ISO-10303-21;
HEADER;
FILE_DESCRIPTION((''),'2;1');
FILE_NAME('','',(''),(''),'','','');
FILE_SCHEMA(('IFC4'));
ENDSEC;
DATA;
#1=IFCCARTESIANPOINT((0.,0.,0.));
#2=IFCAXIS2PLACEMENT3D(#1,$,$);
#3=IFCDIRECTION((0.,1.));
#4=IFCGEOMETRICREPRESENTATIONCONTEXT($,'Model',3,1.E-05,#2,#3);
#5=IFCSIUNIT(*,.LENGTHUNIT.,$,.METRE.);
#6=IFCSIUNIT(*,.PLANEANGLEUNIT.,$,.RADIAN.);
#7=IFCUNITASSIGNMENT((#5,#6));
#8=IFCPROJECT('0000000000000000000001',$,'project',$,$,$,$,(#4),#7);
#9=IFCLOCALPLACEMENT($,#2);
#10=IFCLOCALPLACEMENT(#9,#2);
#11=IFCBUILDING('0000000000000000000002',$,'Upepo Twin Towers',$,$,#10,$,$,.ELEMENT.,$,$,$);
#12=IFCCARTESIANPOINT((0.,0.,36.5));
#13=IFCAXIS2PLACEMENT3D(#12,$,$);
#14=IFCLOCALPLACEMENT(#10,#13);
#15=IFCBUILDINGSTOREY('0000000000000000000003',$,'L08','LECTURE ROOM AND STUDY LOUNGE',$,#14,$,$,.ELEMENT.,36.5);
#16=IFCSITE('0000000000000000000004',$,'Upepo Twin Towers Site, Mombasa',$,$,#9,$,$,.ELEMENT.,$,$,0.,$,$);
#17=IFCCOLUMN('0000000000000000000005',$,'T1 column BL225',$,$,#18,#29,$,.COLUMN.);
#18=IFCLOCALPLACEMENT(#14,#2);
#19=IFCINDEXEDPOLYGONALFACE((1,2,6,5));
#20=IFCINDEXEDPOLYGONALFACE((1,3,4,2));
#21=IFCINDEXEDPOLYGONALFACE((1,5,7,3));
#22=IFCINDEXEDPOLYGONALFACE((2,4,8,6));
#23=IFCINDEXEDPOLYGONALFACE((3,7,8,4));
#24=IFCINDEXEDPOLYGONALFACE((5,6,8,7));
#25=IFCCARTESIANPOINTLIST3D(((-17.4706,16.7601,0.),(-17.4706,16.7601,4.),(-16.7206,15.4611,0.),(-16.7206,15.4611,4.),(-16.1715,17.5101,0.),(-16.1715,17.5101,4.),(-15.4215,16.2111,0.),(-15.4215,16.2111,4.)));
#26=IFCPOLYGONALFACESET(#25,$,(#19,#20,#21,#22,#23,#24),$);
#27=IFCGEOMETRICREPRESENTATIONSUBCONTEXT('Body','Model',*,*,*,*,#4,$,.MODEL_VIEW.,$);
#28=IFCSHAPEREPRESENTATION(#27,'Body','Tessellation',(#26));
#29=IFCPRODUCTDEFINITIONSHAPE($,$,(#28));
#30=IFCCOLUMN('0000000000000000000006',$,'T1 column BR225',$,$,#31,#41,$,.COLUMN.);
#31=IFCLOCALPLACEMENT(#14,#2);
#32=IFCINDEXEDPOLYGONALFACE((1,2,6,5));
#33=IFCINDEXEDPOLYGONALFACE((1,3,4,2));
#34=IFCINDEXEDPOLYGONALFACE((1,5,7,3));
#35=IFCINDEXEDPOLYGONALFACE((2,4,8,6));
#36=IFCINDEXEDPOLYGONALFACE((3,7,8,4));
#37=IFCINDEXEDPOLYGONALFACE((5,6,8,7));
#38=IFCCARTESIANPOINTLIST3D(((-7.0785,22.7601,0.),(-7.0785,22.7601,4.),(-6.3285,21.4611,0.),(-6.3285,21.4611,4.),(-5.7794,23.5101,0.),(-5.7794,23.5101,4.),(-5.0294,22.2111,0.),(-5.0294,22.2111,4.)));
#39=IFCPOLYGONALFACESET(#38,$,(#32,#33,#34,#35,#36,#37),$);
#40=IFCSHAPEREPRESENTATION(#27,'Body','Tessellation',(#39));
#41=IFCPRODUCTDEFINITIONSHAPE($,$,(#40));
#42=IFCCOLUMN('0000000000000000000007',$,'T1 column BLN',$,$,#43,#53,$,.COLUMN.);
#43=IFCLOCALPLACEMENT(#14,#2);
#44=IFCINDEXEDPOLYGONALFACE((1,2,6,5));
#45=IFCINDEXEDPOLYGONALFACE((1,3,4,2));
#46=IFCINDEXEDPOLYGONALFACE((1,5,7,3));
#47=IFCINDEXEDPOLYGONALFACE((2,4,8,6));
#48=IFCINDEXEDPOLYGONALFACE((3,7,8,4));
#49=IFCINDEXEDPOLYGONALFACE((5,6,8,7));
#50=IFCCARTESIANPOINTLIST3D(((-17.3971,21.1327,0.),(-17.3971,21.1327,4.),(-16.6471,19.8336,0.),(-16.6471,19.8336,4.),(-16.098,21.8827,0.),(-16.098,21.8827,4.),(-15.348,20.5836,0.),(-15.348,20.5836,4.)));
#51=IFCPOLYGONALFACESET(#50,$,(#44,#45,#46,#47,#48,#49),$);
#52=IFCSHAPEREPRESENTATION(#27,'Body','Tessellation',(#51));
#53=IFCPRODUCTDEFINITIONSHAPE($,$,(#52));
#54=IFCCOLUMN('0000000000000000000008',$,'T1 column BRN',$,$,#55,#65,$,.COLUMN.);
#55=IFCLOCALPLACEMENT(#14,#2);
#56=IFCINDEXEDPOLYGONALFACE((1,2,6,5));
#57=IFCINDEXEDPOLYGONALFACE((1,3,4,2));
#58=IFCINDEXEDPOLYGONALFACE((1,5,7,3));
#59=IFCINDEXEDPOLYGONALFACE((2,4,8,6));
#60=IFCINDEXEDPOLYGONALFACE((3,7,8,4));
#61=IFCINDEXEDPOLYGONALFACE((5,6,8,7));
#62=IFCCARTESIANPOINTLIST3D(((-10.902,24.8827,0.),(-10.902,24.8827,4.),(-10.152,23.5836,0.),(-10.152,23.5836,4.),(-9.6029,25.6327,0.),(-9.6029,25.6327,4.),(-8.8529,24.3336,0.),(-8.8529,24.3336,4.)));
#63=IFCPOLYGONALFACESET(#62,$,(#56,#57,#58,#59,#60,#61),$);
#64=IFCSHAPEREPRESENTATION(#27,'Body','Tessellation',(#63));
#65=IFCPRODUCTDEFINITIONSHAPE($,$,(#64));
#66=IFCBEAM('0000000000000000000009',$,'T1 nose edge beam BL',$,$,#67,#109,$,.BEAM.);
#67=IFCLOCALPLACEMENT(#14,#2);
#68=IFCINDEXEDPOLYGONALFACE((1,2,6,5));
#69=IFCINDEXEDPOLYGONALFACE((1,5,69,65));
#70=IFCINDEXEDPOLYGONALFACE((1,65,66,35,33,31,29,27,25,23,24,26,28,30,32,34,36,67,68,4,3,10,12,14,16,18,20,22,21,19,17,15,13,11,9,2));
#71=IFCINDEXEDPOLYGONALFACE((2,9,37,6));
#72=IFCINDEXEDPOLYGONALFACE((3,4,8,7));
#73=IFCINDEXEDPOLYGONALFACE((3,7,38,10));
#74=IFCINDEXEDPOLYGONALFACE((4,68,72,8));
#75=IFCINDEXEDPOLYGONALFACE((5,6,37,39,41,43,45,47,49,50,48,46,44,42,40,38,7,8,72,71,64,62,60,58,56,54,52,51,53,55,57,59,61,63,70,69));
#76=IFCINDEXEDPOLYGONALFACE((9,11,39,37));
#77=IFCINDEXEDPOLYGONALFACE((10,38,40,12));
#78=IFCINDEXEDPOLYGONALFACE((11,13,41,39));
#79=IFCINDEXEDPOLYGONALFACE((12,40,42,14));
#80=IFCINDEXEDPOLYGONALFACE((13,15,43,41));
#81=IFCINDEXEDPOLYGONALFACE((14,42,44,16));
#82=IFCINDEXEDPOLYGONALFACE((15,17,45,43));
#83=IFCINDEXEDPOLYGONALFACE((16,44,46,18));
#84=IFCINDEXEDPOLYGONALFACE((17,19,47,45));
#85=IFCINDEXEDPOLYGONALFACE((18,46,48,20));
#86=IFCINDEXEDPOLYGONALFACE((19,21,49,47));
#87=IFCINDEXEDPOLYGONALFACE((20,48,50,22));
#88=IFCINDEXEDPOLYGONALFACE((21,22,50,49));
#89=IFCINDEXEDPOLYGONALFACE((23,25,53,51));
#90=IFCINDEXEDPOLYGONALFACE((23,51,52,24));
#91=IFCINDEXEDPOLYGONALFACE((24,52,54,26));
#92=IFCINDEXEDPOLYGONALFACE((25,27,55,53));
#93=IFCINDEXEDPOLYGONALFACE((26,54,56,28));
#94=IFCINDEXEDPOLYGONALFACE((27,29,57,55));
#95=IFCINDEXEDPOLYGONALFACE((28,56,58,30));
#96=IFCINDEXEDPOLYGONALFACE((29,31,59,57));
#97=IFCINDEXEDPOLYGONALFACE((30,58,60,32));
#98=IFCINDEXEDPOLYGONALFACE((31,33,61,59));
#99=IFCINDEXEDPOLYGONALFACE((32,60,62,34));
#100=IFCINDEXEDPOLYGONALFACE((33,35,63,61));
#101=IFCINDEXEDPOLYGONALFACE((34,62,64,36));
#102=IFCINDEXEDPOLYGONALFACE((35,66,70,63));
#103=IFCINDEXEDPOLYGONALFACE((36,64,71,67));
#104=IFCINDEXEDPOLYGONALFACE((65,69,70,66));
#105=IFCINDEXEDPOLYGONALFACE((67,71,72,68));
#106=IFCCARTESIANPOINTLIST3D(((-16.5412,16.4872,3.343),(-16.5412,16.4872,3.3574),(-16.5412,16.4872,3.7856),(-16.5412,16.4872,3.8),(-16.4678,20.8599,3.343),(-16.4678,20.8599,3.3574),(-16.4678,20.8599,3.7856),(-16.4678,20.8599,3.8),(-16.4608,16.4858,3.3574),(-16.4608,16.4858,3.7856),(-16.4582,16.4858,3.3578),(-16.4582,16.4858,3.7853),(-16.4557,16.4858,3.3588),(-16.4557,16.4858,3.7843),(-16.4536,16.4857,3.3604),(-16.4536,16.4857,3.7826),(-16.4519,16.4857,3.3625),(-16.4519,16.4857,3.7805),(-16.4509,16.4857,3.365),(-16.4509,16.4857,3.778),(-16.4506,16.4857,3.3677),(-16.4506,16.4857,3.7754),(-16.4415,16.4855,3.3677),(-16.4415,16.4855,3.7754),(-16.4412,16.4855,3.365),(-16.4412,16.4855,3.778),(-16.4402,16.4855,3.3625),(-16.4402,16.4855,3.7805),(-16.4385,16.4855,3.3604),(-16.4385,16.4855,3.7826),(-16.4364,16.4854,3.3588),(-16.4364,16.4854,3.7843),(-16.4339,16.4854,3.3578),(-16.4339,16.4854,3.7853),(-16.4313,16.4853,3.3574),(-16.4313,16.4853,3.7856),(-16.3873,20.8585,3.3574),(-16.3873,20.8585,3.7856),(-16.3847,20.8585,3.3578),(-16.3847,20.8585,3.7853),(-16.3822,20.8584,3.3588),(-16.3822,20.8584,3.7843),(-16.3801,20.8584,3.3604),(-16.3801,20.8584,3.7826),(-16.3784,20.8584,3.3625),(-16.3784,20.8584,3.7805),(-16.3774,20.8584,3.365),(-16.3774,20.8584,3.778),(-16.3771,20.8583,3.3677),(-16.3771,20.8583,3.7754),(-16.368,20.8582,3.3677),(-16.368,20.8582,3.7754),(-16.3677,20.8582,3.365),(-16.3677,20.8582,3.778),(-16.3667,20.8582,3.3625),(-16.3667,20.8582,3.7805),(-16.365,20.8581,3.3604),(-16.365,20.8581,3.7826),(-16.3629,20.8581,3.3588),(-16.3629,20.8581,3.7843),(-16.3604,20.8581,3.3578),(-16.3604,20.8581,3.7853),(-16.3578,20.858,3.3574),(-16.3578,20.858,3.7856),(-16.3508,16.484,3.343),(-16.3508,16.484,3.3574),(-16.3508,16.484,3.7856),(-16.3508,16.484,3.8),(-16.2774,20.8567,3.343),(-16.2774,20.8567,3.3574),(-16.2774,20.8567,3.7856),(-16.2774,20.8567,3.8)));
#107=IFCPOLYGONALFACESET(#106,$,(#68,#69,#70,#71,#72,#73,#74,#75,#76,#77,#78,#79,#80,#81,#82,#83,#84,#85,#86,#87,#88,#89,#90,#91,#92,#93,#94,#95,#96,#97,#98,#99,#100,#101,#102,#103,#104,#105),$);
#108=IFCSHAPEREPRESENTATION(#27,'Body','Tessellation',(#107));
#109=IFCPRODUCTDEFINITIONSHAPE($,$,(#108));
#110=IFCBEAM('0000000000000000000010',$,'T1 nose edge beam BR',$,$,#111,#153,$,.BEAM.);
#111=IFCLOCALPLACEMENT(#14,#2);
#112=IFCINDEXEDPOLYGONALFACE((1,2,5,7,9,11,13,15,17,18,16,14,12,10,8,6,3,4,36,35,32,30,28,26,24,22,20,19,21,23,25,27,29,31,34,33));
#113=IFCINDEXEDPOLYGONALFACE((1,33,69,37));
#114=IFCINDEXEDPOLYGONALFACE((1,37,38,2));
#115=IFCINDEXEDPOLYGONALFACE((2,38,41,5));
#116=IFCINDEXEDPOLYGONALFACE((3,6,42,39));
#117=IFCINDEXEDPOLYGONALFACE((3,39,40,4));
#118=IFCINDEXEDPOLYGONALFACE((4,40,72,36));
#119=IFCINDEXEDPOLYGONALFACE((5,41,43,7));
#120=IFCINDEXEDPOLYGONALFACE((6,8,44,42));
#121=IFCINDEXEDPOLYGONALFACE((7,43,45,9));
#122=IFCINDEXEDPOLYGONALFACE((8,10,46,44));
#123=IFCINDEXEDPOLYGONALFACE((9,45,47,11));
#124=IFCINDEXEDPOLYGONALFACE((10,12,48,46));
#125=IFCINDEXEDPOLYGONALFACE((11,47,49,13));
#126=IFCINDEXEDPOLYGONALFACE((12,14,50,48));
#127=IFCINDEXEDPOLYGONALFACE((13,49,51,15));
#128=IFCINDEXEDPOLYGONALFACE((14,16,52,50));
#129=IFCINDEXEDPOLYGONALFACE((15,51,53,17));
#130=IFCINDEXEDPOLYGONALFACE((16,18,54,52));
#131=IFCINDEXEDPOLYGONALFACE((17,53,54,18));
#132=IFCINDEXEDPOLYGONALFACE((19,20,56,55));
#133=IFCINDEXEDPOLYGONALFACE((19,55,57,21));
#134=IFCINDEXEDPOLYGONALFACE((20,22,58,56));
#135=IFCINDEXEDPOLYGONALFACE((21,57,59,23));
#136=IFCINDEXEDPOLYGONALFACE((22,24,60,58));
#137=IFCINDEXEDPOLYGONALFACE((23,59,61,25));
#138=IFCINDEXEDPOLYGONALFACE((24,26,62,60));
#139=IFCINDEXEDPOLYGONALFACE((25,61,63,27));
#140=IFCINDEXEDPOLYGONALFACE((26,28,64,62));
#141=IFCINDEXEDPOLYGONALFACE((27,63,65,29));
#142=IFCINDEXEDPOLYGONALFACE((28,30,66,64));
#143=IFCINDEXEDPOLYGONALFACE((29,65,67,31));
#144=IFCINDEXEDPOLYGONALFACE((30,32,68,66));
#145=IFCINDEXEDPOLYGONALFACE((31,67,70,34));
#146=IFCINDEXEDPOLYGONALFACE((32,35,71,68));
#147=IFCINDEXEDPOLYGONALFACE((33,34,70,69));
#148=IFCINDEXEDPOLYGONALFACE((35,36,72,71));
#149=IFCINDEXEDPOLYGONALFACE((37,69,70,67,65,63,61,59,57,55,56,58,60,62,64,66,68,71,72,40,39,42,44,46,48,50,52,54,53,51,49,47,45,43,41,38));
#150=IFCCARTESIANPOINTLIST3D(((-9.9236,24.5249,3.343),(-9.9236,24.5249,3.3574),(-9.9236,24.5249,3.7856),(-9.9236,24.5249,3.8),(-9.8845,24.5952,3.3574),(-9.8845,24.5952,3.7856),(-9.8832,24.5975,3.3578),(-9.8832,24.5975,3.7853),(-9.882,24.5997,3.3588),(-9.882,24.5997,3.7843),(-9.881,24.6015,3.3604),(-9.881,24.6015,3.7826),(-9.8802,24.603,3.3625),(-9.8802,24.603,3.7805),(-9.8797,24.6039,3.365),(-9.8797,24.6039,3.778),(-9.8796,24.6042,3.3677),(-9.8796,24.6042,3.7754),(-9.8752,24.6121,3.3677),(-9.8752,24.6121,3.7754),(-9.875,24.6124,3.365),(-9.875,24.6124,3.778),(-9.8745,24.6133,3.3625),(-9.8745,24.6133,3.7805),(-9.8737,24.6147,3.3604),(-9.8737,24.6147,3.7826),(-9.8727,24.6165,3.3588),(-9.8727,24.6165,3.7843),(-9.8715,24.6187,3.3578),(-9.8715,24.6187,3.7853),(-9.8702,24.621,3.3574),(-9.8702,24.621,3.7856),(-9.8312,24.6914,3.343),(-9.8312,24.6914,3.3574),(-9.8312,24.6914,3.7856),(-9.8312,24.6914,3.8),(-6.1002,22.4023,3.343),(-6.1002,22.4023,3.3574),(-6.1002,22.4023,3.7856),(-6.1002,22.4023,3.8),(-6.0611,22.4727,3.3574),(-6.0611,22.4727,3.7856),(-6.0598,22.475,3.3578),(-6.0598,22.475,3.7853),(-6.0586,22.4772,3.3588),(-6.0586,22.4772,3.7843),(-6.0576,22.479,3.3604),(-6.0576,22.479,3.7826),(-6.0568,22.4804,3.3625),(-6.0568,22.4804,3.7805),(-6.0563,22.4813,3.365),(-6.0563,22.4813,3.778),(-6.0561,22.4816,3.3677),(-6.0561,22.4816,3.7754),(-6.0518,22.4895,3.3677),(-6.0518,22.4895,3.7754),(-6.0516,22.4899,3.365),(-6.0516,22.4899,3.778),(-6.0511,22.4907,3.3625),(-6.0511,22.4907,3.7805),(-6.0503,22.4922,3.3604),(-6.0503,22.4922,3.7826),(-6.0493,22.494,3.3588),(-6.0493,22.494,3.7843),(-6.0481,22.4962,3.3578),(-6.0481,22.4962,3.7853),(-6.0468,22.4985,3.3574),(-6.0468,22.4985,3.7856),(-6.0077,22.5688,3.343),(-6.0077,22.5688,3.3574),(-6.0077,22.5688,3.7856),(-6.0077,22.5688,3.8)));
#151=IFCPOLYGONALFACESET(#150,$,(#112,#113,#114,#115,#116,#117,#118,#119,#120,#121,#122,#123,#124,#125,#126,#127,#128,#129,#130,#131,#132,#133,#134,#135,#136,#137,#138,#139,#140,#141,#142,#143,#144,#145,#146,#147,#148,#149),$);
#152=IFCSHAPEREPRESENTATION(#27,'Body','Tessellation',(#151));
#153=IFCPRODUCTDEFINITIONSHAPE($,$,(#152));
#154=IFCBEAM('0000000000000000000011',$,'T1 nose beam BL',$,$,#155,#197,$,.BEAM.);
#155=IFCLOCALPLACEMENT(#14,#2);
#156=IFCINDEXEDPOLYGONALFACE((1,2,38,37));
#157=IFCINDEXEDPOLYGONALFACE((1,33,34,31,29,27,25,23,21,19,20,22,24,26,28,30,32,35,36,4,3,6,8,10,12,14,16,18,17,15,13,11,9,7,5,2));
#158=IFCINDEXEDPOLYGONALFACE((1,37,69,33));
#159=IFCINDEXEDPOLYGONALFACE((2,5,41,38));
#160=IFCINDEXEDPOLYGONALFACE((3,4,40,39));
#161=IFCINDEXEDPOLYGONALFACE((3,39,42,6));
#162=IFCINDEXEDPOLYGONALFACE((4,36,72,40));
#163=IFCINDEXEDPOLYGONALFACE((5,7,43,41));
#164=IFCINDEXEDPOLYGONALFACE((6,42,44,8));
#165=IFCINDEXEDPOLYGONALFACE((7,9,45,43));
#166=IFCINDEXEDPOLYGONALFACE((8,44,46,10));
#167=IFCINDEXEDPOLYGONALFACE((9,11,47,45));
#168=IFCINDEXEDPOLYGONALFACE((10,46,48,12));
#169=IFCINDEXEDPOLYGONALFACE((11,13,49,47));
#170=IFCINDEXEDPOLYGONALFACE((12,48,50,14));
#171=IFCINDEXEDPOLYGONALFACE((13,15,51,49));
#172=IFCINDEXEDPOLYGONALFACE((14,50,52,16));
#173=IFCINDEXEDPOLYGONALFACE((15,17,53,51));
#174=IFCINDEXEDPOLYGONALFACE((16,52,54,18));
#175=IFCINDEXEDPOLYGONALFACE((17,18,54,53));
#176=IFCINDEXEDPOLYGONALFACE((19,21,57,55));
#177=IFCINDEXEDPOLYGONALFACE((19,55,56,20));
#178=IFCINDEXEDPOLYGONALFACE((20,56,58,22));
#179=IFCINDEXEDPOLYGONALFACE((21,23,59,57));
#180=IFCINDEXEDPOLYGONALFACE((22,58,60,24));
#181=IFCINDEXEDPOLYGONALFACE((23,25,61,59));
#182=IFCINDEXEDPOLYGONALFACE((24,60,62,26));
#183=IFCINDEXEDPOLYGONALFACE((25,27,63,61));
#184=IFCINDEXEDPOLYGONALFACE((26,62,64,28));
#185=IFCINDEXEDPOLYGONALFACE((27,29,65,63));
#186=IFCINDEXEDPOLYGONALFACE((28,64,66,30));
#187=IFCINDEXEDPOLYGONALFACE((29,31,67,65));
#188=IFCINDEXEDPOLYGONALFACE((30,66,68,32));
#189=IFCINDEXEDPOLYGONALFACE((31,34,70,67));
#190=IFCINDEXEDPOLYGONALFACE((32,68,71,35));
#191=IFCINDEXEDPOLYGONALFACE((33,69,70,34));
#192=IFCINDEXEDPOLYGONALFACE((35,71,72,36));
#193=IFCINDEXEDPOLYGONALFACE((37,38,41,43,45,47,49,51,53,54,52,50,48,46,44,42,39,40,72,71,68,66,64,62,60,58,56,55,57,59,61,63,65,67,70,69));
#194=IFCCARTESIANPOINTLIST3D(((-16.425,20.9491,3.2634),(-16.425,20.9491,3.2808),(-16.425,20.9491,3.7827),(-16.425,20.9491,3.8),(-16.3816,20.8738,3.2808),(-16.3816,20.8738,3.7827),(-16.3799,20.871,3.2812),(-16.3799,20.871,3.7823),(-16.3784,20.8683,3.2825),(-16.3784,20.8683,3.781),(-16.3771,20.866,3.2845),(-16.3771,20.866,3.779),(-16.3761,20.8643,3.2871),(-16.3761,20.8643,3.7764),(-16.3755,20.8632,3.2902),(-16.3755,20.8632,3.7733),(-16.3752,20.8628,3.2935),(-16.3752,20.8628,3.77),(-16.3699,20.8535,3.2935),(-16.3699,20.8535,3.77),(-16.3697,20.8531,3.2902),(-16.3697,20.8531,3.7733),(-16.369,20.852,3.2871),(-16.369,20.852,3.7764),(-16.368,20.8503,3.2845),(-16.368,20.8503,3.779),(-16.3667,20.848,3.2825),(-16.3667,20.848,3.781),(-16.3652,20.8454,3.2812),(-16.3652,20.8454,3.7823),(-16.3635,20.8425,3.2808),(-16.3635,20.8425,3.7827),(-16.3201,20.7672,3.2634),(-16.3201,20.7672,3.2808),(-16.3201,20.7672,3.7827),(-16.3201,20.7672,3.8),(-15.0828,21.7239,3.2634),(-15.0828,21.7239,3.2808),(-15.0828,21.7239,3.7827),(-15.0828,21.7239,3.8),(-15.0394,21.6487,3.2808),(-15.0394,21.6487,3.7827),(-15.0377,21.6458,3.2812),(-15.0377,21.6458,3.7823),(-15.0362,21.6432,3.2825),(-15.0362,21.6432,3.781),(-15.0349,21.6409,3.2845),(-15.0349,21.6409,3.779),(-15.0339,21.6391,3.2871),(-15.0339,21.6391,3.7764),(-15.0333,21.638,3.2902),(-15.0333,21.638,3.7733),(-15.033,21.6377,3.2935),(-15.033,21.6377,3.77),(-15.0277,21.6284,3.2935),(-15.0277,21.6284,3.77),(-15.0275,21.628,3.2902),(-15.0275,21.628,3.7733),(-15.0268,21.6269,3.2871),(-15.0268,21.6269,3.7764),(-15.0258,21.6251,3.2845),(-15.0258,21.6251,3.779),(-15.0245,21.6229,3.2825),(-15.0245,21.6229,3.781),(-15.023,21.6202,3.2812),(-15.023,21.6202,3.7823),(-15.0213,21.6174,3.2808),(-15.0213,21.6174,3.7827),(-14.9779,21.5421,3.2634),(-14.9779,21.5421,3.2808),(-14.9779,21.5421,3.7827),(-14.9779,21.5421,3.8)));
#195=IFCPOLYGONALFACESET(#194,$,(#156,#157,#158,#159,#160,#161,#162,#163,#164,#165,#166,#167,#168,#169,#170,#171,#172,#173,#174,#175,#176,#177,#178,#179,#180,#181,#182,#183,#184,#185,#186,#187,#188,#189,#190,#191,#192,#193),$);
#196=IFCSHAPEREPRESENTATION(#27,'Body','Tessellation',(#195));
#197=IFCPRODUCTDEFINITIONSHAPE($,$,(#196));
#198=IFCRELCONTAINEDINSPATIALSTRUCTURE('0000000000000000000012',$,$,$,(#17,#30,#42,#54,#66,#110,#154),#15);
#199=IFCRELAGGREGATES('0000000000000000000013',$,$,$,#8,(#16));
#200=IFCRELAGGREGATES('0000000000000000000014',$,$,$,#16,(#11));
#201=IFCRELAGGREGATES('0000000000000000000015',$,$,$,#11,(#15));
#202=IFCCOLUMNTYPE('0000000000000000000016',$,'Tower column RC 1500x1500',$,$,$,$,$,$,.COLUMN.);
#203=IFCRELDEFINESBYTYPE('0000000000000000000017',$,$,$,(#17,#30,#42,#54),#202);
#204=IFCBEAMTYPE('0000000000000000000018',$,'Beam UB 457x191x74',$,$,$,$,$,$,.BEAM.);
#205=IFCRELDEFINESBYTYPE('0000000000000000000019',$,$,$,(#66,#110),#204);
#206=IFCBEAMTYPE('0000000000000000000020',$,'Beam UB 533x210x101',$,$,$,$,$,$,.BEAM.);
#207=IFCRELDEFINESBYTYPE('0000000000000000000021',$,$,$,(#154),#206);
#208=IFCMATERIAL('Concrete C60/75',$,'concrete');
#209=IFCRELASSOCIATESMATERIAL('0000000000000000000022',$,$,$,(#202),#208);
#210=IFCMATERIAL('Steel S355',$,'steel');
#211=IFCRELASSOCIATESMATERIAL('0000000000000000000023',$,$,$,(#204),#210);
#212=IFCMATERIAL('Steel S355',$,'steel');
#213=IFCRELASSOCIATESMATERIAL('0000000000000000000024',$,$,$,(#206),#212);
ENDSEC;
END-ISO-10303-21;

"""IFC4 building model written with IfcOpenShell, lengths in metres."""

from ifc_helpers import new_model, si_unit, direction, frame, origin, origin_2d, place, context, subcontext, project, spatial, rectangle, i_section, extrude, material, material_profile, profile_set, type_object, element, save


model = new_model("IFC4")

# Units and contexts
model_context = context("Model", 3, precision=1e-05, world=origin(), true_north=direction((0.0, 1.0)))
body_context = subcontext(model_context, "Body", "Model", "MODEL_VIEW")
ifc_project = project(units=[si_unit("LENGTHUNIT", "METRE"), si_unit("PLANEANGLEUNIT", "RADIAN")], contexts=[model_context])

# Site, building, storey
site_placement = place(None, origin())
site = spatial("IfcSite", under=ifc_project, at=site_placement, Name="Upepo Twin Towers Site, Mombasa", CompositionType="ELEMENT", RefElevation=0.0)
building_placement = place(site_placement, origin())
building = spatial("IfcBuilding", under=site, at=building_placement, Name="Upepo Twin Towers", CompositionType="ELEMENT")
storey_placement = place(building_placement, frame((0.0, 0.0, 36.5)))
storey = spatial("IfcBuildingStorey", under=building, at=storey_placement, Name="L08", Description="LECTURE ROOM AND STUDY LOUNGE", CompositionType="ELEMENT", Elevation=36.5)

# Columns
ifc_material_1 = material(Name="Concrete C60/75", Category="concrete")
ifc_material_profile_1 = material_profile(ifc_material_1, rectangle(XDim=1.5, YDim=1.5, at=origin_2d()), Name="RC 1500x1500")
ifc_profile_set_1 = profile_set([ifc_material_profile_1], Name="Concrete C60/75")
column_type = type_object("IfcColumnType", Name="Tower column RC 1500x1500", PredefinedType="COLUMN", material=ifc_profile_set_1)
for number, where, z_axis, x_axis, name in (
    (1, (-16.446, 16.4856, 0.0), (0.0, 0.0, 1.0), (0.866025, 0.5, 0.0), "T1 column BL225"),
    (2, (-6.054, 22.4856, 0.0), (0.0, 0.0, 1.0), (0.866025, 0.5, 0.0), "T1 column BR225"),
    (3, (-16.3726, 20.8582, 0.0), (0.0, 0.0, 1.0), (0.866025, 0.5, 0.0), "T1 column BLN"),
    (4, (-9.8774, 24.6082, 0.0), (0.0, 0.0, 1.0), (0.866025, 0.5, 0.0), "T1 column BRN"),
):
    element("IfcColumn", number, at=place(storey_placement, frame(where, z_axis=z_axis, x_axis=x_axis)), inside=storey, type_object=column_type, Name=name, PredefinedType="COLUMN", context=body_context, shape_type="SweptSolid", body=[
        extrude(rectangle(XDim=1.5, YDim=1.5, at=origin_2d()), origin(), (0.0, 0.0, 1.0), 4.0),
    ])

# Beams
ifc_material_2 = material(Name="Steel S355", Category="steel")
ifc_material_profile_2 = material_profile(ifc_material_2, i_section(OverallWidth=0.1904, OverallDepth=0.457, WebThickness=0.009, FlangeThickness=0.0144, FilletRadius=0.0103, at=origin_2d()), Name="UB 457x191x74")
ifc_profile_set_2 = profile_set([ifc_material_profile_2], Name="Steel S355")
beam_type_1 = type_object("IfcBeamType", Name="Beam UB 457x191x74", PredefinedType="BEAM", material=ifc_profile_set_2)
beam_1_placement = place(storey_placement, frame((-16.446, 16.4856, 3.5715), z_axis=(0.016804, 0.999859, 0.0), x_axis=(-0.999859, 0.016804, 0.0)))
element("IfcBeam", 5, at=beam_1_placement, inside=storey, type_object=beam_type_1, Name="T1 nose edge beam BL", PredefinedType="BEAM", context=body_context, shape_type="SweptSolid", body=[
    extrude(i_section(OverallWidth=0.1904, OverallDepth=0.457, WebThickness=0.009, FlangeThickness=0.0144, FilletRadius=0.0103, at=origin_2d()), origin(), (0.0, 0.0, 1.0), 4.3733),
])
beam_2_placement = place(storey_placement, frame((-6.054, 22.4856, 3.5715), z_axis=(-0.874313, 0.485363, 0.0), x_axis=(-0.485363, -0.874313, 0.0)))
element("IfcBeam", 6, at=beam_2_placement, inside=storey, type_object=beam_type_1, Name="T1 nose edge beam BR", PredefinedType="BEAM", context=body_context, shape_type="SweptSolid", body=[
    extrude(i_section(OverallWidth=0.1904, OverallDepth=0.457, WebThickness=0.009, FlangeThickness=0.0144, FilletRadius=0.0103, at=origin_2d()), origin(), (0.0, 0.0, 1.0), 4.373),
])
ifc_material_3 = material(Name="Steel S355", Category="steel")
ifc_material_profile_3 = material_profile(ifc_material_3, i_section(OverallWidth=0.21, OverallDepth=0.5366, WebThickness=0.0107, FlangeThickness=0.0173, FilletRadius=0.0127, at=origin_2d()), Name="UB 533x210x101")
ifc_profile_set_3 = profile_set([ifc_material_profile_3], Name="Steel S355")
beam_type_2 = type_object("IfcBeamType", Name="Beam UB 533x210x101", PredefinedType="BEAM", material=ifc_profile_set_3)
for number, where, z_axis, x_axis, name in (
    (7, (-16.3726, 20.8582, 3.5317), (0.866044, 0.499968, 0.0), (-0.499968, 0.866044, 0.0), "T1 nose beam BL"),
):
    element("IfcBeam", number, at=place(storey_placement, frame(where, z_axis=z_axis, x_axis=x_axis)), inside=storey, type_object=beam_type_2, Name=name, PredefinedType="BEAM", context=body_context, shape_type="SweptSolid", body=[
        extrude(i_section(OverallWidth=0.21, OverallDepth=0.5366, WebThickness=0.0107, FlangeThickness=0.0173, FilletRadius=0.0127, at=origin_2d()), origin(), (0.0, 0.0, 1.0), 1.5498),
    ])

save(model, "model.ifc")
